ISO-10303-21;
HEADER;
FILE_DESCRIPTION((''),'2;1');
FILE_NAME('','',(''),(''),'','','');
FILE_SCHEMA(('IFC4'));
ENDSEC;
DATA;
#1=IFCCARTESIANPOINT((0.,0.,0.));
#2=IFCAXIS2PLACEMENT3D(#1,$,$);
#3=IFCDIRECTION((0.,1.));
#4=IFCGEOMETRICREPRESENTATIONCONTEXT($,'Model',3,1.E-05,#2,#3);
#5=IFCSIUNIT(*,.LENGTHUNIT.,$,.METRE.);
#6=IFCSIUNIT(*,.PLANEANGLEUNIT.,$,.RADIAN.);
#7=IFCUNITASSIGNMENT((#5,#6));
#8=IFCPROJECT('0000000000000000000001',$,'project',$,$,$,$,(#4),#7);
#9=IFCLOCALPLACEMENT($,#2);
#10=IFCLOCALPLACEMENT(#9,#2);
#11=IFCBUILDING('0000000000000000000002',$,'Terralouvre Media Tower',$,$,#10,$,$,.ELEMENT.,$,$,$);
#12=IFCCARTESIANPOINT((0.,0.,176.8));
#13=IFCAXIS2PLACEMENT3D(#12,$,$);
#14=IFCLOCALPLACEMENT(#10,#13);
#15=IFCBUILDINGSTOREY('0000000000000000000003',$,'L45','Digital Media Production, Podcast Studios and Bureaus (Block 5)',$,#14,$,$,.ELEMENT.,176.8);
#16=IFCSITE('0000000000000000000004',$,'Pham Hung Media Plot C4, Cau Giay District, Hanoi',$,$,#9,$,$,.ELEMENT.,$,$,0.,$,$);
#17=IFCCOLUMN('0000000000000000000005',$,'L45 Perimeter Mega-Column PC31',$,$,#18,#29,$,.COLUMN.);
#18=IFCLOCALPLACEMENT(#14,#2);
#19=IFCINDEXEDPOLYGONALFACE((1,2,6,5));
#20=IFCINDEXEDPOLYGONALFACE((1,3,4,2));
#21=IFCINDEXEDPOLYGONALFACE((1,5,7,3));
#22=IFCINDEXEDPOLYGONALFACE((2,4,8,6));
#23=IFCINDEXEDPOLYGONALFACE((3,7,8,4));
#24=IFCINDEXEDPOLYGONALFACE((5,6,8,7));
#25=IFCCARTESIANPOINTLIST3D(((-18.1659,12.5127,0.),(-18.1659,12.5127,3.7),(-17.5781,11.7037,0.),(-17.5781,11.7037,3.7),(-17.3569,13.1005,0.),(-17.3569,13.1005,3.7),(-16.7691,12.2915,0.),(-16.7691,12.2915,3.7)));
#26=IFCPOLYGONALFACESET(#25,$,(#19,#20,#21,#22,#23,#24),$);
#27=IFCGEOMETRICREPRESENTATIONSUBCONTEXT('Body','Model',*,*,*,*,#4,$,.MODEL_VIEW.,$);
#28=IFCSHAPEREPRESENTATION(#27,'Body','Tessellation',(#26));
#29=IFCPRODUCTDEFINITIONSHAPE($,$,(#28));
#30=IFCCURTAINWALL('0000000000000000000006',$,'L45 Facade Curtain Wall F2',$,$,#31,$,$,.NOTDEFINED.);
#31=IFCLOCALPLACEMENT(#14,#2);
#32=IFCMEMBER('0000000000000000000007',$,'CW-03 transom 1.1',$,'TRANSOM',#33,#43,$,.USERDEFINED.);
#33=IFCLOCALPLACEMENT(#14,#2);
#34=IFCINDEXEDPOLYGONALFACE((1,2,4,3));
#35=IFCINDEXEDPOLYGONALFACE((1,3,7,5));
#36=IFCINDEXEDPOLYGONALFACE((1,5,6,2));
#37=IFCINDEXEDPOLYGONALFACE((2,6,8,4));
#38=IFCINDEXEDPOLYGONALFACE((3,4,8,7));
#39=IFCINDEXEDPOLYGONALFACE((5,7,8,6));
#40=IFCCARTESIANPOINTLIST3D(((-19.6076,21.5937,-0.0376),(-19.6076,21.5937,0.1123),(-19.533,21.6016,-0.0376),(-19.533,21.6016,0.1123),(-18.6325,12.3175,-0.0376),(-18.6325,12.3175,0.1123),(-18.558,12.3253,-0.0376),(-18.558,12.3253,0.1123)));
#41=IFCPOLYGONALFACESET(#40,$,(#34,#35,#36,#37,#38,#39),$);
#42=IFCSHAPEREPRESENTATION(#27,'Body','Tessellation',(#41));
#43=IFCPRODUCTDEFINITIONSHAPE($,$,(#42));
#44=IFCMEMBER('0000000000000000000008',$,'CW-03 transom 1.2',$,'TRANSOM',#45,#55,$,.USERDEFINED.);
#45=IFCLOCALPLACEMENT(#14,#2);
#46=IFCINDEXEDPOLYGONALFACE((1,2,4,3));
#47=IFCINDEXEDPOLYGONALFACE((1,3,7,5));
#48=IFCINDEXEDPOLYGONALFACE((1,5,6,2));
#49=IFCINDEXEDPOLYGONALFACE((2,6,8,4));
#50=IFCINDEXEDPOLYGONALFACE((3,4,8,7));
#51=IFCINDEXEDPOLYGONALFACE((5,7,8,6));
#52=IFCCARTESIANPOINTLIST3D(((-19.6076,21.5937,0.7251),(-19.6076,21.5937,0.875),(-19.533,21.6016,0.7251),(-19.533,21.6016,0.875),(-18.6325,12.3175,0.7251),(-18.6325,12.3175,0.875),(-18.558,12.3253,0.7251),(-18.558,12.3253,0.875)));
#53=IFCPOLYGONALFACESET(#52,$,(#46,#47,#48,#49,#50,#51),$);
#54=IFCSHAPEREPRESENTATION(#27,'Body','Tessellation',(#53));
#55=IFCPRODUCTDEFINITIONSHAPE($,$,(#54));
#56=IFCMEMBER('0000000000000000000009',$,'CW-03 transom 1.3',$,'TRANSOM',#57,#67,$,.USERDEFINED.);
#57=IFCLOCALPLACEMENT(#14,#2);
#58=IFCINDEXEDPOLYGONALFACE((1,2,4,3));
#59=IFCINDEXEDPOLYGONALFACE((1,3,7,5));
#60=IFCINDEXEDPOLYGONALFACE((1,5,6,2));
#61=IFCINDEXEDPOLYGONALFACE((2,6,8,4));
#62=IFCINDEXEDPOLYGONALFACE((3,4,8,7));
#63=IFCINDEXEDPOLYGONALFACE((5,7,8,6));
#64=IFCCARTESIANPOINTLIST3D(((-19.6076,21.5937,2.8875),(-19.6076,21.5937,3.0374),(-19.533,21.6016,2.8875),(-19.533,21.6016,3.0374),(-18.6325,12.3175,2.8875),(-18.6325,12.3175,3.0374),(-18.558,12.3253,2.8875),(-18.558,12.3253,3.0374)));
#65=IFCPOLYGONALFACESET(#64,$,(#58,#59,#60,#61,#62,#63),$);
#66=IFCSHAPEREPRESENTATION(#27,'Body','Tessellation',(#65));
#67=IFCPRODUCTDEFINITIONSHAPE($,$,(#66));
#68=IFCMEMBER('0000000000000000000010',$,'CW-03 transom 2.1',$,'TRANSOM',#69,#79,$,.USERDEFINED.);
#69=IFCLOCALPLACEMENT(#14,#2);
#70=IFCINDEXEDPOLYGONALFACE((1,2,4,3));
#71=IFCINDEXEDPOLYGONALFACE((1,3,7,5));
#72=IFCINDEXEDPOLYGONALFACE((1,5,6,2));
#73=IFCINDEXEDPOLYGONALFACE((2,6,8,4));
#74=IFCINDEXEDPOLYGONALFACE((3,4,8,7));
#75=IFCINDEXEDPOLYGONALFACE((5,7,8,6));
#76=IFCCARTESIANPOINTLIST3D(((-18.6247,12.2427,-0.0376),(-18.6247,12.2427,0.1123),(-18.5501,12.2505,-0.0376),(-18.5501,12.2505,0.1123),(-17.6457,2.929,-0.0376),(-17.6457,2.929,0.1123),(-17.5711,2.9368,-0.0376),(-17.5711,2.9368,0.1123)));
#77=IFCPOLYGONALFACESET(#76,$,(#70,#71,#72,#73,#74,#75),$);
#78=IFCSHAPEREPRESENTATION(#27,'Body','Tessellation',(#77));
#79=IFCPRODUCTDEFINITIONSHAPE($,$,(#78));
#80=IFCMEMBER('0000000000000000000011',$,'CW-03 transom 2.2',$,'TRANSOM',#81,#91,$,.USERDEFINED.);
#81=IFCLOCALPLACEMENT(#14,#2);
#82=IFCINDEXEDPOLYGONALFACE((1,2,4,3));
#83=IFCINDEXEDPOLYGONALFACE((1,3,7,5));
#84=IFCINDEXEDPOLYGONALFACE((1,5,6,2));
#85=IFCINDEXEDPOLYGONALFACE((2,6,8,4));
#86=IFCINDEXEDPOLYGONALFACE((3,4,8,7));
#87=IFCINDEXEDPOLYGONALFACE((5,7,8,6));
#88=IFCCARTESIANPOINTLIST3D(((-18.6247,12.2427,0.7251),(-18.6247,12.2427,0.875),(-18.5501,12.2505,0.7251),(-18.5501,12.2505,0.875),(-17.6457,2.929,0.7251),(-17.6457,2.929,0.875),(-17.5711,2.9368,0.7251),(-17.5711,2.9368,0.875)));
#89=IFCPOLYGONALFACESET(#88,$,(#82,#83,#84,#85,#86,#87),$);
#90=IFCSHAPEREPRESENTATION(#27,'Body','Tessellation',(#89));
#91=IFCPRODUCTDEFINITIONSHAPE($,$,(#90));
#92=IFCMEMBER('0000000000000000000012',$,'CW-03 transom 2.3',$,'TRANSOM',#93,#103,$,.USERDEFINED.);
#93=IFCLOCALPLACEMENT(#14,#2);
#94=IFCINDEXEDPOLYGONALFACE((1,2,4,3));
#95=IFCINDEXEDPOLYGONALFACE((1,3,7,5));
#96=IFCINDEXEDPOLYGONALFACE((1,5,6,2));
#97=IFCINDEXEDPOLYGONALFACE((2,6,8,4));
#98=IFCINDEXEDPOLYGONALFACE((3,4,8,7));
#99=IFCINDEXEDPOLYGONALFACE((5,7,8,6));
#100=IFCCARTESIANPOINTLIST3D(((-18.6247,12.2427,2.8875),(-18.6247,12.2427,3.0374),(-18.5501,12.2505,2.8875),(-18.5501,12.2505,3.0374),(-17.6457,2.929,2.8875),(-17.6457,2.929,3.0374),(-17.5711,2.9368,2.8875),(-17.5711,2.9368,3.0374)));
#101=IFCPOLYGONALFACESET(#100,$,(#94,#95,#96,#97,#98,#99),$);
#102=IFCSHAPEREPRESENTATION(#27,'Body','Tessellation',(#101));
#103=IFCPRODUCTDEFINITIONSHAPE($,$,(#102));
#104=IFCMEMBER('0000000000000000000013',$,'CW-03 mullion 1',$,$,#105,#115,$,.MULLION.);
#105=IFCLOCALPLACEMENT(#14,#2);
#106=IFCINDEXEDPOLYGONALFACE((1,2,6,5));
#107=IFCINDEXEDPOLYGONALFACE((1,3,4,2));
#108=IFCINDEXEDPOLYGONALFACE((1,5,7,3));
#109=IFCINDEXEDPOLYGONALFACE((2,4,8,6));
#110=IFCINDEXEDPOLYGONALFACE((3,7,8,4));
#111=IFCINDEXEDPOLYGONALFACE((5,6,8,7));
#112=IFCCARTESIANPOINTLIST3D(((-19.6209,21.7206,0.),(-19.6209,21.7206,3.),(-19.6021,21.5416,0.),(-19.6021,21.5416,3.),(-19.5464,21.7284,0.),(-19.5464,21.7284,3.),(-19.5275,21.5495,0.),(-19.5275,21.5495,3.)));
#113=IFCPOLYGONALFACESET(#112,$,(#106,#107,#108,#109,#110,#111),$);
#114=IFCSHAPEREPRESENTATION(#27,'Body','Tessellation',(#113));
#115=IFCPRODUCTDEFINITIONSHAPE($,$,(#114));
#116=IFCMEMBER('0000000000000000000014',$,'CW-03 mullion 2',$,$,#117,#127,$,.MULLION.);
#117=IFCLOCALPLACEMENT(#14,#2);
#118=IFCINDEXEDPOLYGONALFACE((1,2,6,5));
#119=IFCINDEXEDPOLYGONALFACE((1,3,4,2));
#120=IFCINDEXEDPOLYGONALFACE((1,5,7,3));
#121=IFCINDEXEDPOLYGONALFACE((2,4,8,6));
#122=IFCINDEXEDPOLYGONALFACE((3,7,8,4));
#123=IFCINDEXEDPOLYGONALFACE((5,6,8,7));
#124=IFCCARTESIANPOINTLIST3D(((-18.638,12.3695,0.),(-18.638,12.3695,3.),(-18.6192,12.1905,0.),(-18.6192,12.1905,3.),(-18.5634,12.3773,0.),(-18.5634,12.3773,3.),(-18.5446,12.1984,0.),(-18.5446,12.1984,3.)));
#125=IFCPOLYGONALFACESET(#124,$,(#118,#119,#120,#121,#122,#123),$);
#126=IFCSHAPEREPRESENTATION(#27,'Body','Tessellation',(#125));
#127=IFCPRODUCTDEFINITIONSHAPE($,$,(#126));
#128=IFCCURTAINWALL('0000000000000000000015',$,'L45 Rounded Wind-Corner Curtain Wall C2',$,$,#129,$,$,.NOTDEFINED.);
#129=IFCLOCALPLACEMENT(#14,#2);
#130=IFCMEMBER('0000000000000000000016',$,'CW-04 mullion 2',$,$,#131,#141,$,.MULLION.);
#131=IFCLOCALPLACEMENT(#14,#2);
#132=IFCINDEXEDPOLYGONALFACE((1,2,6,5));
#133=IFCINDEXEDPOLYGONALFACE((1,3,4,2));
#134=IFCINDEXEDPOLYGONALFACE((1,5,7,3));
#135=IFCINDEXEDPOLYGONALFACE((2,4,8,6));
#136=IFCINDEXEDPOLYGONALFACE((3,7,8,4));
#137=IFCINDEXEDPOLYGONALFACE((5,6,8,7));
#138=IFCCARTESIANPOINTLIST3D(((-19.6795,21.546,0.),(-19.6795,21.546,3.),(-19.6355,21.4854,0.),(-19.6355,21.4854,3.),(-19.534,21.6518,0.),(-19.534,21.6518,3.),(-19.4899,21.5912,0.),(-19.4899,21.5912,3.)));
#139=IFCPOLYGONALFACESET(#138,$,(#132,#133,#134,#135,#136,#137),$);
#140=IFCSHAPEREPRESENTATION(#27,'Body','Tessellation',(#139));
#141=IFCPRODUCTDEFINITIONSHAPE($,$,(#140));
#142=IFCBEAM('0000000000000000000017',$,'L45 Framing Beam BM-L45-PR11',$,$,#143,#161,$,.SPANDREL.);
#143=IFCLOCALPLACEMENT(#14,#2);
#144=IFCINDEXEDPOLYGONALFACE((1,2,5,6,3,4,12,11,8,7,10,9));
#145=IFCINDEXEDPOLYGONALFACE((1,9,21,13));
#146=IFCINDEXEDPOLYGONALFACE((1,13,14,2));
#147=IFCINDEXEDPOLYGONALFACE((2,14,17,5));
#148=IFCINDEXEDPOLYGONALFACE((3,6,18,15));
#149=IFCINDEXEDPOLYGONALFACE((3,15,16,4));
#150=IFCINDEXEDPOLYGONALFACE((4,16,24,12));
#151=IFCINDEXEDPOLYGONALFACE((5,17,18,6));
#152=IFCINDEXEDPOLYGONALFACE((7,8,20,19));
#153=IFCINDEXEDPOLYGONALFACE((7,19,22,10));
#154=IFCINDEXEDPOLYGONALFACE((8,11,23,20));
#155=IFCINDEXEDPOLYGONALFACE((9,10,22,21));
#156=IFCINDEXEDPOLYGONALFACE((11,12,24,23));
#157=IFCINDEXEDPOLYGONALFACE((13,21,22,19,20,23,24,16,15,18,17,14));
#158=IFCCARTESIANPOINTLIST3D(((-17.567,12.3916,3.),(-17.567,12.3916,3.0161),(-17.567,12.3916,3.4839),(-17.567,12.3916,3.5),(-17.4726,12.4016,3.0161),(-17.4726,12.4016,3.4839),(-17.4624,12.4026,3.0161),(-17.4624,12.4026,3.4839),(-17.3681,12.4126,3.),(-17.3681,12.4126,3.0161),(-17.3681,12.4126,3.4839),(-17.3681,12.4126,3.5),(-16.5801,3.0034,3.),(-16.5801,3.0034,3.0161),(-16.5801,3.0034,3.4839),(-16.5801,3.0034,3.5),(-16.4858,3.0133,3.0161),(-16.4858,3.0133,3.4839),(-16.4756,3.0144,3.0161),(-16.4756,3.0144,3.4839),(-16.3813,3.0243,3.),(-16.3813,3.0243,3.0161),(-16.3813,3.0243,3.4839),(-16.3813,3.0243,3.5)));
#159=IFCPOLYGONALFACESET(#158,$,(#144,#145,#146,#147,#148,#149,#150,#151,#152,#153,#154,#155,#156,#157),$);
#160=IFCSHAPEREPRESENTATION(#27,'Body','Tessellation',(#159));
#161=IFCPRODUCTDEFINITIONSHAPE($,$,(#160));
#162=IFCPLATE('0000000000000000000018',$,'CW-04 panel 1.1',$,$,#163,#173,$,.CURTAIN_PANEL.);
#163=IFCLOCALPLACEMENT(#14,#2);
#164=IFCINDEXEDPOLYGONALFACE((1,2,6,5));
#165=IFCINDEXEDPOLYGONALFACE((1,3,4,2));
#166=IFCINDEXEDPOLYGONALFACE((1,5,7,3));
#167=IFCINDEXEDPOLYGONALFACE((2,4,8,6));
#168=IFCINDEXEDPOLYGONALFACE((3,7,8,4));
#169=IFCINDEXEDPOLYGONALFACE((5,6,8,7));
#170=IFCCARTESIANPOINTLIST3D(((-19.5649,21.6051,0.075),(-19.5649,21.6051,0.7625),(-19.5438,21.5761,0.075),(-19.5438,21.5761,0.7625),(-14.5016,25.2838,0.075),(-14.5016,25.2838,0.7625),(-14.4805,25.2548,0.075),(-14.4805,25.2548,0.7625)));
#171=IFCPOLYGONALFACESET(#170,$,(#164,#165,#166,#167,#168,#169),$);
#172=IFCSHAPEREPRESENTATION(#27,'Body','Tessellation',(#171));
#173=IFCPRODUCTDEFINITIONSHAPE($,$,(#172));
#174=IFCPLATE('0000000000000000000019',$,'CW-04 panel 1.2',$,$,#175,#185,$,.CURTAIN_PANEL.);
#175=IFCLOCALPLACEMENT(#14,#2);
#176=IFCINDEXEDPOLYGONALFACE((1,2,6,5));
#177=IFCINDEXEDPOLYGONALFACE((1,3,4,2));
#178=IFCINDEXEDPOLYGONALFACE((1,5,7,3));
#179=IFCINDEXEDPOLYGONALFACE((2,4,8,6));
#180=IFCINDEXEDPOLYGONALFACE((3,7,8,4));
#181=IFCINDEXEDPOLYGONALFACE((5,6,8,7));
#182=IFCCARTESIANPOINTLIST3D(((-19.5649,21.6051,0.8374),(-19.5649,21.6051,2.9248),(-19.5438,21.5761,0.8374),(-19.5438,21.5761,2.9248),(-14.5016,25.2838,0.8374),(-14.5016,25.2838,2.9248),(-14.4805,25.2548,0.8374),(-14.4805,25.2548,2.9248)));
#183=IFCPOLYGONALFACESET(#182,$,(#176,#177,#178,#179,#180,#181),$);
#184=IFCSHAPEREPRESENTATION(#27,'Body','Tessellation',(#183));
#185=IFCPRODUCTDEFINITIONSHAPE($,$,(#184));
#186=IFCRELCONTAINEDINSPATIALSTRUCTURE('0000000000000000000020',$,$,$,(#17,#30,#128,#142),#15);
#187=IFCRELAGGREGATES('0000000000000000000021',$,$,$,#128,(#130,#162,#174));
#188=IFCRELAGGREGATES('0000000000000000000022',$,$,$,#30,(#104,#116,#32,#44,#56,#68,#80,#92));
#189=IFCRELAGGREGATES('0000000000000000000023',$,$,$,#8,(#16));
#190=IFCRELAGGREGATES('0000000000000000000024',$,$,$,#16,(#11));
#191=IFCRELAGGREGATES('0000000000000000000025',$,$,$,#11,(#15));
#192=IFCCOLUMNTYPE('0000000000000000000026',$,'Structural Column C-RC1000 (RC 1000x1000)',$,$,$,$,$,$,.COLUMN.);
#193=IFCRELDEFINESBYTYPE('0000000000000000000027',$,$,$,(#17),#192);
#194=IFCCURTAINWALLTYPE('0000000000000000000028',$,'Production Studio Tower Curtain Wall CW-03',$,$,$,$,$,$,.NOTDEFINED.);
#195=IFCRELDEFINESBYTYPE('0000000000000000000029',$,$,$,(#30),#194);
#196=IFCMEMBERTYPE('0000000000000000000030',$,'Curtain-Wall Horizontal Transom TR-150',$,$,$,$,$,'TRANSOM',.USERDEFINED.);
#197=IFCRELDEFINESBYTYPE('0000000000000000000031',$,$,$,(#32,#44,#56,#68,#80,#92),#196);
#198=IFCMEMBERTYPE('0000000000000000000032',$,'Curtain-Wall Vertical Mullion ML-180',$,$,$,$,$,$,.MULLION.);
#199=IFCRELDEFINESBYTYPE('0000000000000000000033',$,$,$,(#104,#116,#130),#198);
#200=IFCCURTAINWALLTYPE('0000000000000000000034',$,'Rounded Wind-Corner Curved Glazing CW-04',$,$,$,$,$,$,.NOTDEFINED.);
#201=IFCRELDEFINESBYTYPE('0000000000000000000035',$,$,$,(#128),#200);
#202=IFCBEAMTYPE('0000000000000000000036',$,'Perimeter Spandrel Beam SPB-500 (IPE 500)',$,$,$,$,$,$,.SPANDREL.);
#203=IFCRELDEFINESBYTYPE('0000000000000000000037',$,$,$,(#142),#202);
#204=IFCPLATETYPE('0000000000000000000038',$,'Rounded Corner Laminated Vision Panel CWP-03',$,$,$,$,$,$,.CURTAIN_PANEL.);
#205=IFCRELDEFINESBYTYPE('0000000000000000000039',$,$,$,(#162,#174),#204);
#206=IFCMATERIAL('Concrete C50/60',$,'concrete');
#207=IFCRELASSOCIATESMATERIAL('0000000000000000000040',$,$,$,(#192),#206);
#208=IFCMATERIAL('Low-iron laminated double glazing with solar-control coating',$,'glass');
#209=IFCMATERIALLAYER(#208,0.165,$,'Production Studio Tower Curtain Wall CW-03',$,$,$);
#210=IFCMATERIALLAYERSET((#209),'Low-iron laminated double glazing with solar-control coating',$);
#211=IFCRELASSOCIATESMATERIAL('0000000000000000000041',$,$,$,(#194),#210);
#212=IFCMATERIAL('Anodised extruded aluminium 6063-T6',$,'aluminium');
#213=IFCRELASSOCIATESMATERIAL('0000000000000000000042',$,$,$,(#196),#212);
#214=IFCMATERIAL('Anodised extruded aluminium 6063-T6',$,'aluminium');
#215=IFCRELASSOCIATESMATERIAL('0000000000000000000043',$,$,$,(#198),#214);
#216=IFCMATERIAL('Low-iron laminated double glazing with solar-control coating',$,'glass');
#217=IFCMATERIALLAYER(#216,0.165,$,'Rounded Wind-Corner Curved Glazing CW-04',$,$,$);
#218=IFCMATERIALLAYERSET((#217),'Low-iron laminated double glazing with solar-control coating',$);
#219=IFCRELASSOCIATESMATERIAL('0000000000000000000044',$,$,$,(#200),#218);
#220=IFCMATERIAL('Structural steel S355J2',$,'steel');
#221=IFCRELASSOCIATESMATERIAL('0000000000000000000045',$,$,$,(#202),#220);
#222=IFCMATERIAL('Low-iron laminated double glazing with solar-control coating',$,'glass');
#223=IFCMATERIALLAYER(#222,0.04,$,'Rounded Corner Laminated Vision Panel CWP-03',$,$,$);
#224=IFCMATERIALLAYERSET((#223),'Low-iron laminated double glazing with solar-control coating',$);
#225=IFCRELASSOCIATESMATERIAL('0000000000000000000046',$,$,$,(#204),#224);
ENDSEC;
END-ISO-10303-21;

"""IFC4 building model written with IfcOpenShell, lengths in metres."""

from ifc_helpers import new_model, si_unit, direction, frame, origin, origin_2d, place, context, subcontext, project, spatial, rectangle, i_section, extrude, material, layer, layer_set, material_profile, profile_set, type_object, element, aggregate, save


model = new_model("IFC4")

# Units and contexts
model_context = context("Model", 3, precision=1e-05, world=origin(), true_north=direction((0.0, 1.0)))
body_context = subcontext(model_context, "Body", "Model", "MODEL_VIEW")
ifc_project = project(units=[si_unit("LENGTHUNIT", "METRE"), si_unit("PLANEANGLEUNIT", "RADIAN")], contexts=[model_context])

# Site, building, storey
site_placement = place(None, origin())
site = spatial("IfcSite", under=ifc_project, at=site_placement, Name="Pham Hung Media Plot C4, Cau Giay District, Hanoi", CompositionType="ELEMENT", RefElevation=0.0)
building_placement = place(site_placement, origin())
building = spatial("IfcBuilding", under=site, at=building_placement, Name="Terralouvre Media Tower", CompositionType="ELEMENT")
storey_placement = place(building_placement, frame((0.0, 0.0, 176.8)))
storey = spatial("IfcBuildingStorey", under=building, at=storey_placement, Name="L45", Description="Digital Media Production, Podcast Studios and Bureaus (Block 5)", CompositionType="ELEMENT", Elevation=176.8)

# Column
ifc_material_1 = material(Name="Concrete C50/60", Category="concrete")
ifc_material_profile_1 = material_profile(ifc_material_1, rectangle(XDim=1.0, YDim=1.0, at=origin_2d()), Name="RC 1000x1000")
ifc_profile_set_1 = profile_set([ifc_material_profile_1], Name="Concrete C50/60")
column_type = type_object("IfcColumnType", Name="Structural Column C-RC1000 (RC 1000x1000)", PredefinedType="COLUMN", material=ifc_profile_set_1)
column_placement = place(storey_placement, frame((-17.4675, 12.4021, 0.0), z_axis=(0.0, 0.0, 1.0), x_axis=(0.809017, 0.587785, 0.0)))
element("IfcColumn", 1, at=column_placement, inside=storey, type_object=column_type, Name="L45 Perimeter Mega-Column PC31", PredefinedType="COLUMN", context=body_context, shape_type="SweptSolid", body=[
    extrude(rectangle(XDim=1.0, YDim=1.0, at=origin_2d()), origin(), (0.0, 0.0, 1.0), 3.7),
])

# Curtain wall, members
ifc_material_2 = material(Name="Low-iron laminated double glazing with solar-control coating", Category="glass")
ifc_layer_1 = layer(ifc_material_2, 0.165, Name="Production Studio Tower Curtain Wall CW-03")
ifc_layer_set_1 = layer_set([ifc_layer_1], Name="Low-iron laminated double glazing with solar-control coating")
curtain_wall_type_1 = type_object("IfcCurtainWallType", Name="Production Studio Tower Curtain Wall CW-03", PredefinedType="NOTDEFINED", material=ifc_layer_set_1)
curtain_wall_1_placement = place(storey_placement, origin())
curtain_wall_1 = element("IfcCurtainWall", 2, at=curtain_wall_1_placement, inside=storey, type_object=curtain_wall_type_1, Name="L45 Facade Curtain Wall F2", PredefinedType="NOTDEFINED")
ifc_material_3 = material(Name="Anodised extruded aluminium 6063-T6", Category="aluminium")
ifc_material_profile_2 = material_profile(ifc_material_3, rectangle(XDim=0.075, YDim=0.1499, at=origin_2d()), Name="ALU 75x150")
ifc_profile_set_2 = profile_set([ifc_material_profile_2], Name="Anodised extruded aluminium 6063-T6")
member_type_1 = type_object("IfcMemberType", Name="Curtain-Wall Horizontal Transom TR-150", ElementType="TRANSOM", PredefinedType="USERDEFINED", material=ifc_profile_set_2)
member_1_placement = place(storey_placement, frame((-19.5703, 21.5977, 0.0374), z_axis=(0.10454, -0.994521, 0.0), x_axis=(0.994521, 0.10454, 0.0)))
member_1 = element("IfcMember", 3, at=member_1_placement, type_object=member_type_1, Name="CW-03 transom 1.1", ObjectType="TRANSOM", PredefinedType="USERDEFINED", context=body_context, shape_type="SweptSolid", body=[
    extrude(rectangle(XDim=0.075, YDim=0.1499, at=origin_2d()), origin(), (0.0, 0.0, 1.0), 9.3274),
])
member_2_placement = place(storey_placement, frame((-19.5703, 21.5977, 0.8), z_axis=(0.10454, -0.994521, 0.0), x_axis=(0.994521, 0.10454, 0.0)))
member_2 = element("IfcMember", 4, at=member_2_placement, type_object=member_type_1, Name="CW-03 transom 1.2", ObjectType="TRANSOM", PredefinedType="USERDEFINED", context=body_context, shape_type="SweptSolid", body=[
    extrude(rectangle(XDim=0.075, YDim=0.1499, at=origin_2d()), origin(), (0.0, 0.0, 1.0), 9.3274),
])
member_3_placement = place(storey_placement, frame((-19.5703, 21.5977, 2.9624), z_axis=(0.10454, -0.994521, 0.0), x_axis=(0.994521, 0.10454, 0.0)))
member_3 = element("IfcMember", 5, at=member_3_placement, type_object=member_type_1, Name="CW-03 transom 1.3", ObjectType="TRANSOM", PredefinedType="USERDEFINED", context=body_context, shape_type="SweptSolid", body=[
    extrude(rectangle(XDim=0.075, YDim=0.1499, at=origin_2d()), origin(), (0.0, 0.0, 1.0), 9.3274),
])
member_4_placement = place(storey_placement, frame((-18.5874, 12.2466, 0.0374), z_axis=(0.104538, -0.994521, 0.0), x_axis=(0.994521, 0.104538, 0.0)))
member_4 = element("IfcMember", 6, at=member_4_placement, type_object=member_type_1, Name="CW-03 transom 2.1", ObjectType="TRANSOM", PredefinedType="USERDEFINED", context=body_context, shape_type="SweptSolid", body=[
    extrude(rectangle(XDim=0.075, YDim=0.1499, at=origin_2d()), origin(), (0.0, 0.0, 1.0), 9.365),
])
member_5_placement = place(storey_placement, frame((-18.5874, 12.2466, 0.8), z_axis=(0.104538, -0.994521, 0.0), x_axis=(0.994521, 0.104538, 0.0)))
member_5 = element("IfcMember", 7, at=member_5_placement, type_object=member_type_1, Name="CW-03 transom 2.2", ObjectType="TRANSOM", PredefinedType="USERDEFINED", context=body_context, shape_type="SweptSolid", body=[
    extrude(rectangle(XDim=0.075, YDim=0.1499, at=origin_2d()), origin(), (0.0, 0.0, 1.0), 9.365),
])
member_6_placement = place(storey_placement, frame((-18.5874, 12.2466, 2.9624), z_axis=(0.104538, -0.994521, 0.0), x_axis=(0.994521, 0.104538, 0.0)))
member_6 = element("IfcMember", 8, at=member_6_placement, type_object=member_type_1, Name="CW-03 transom 2.3", ObjectType="TRANSOM", PredefinedType="USERDEFINED", context=body_context, shape_type="SweptSolid", body=[
    extrude(rectangle(XDim=0.075, YDim=0.1499, at=origin_2d()), origin(), (0.0, 0.0, 1.0), 9.365),
])
ifc_material_4 = material(Name="Anodised extruded aluminium 6063-T6", Category="aluminium")
ifc_material_profile_3 = material_profile(ifc_material_4, rectangle(XDim=0.075, YDim=0.1799, at=origin_2d()), Name="ALU 75x180")
ifc_profile_set_3 = profile_set([ifc_material_profile_3], Name="Anodised extruded aluminium 6063-T6")
member_type_2 = type_object("IfcMemberType", Name="Curtain-Wall Vertical Mullion ML-180", PredefinedType="MULLION", material=ifc_profile_set_3)
member_7_placement = place(storey_placement, frame((-19.5742, 21.635, 0.0), z_axis=(0.0, 0.0, 1.0), x_axis=(0.994522, 0.104528, 0.0)))
member_7 = element("IfcMember", 9, at=member_7_placement, type_object=member_type_2, Name="CW-03 mullion 1", PredefinedType="MULLION", context=body_context, shape_type="SweptSolid", body=[
    extrude(rectangle(XDim=0.075, YDim=0.1799, at=origin_2d()), origin(), (0.0, 0.0, 1.0), 3.0),
])
member_8_placement = place(storey_placement, frame((-18.5913, 12.2839, 0.0), z_axis=(0.0, 0.0, 1.0), x_axis=(0.994522, 0.104528, 0.0)))
member_8 = element("IfcMember", 10, at=member_8_placement, type_object=member_type_2, Name="CW-03 mullion 2", PredefinedType="MULLION", context=body_context, shape_type="SweptSolid", body=[
    extrude(rectangle(XDim=0.075, YDim=0.1799, at=origin_2d()), origin(), (0.0, 0.0, 1.0), 3.0),
])

# Curtain wall, member
ifc_material_5 = material(Name="Low-iron laminated double glazing with solar-control coating", Category="glass")
ifc_layer_2 = layer(ifc_material_5, 0.165, Name="Rounded Wind-Corner Curved Glazing CW-04")
ifc_layer_set_2 = layer_set([ifc_layer_2], Name="Low-iron laminated double glazing with solar-control coating")
curtain_wall_type_2 = type_object("IfcCurtainWallType", Name="Rounded Wind-Corner Curved Glazing CW-04", PredefinedType="NOTDEFINED", material=ifc_layer_set_2)
curtain_wall_2_placement = place(storey_placement, origin())
curtain_wall_2 = element("IfcCurtainWall", 11, at=curtain_wall_2_placement, inside=storey, type_object=curtain_wall_type_2, Name="L45 Rounded Wind-Corner Curtain Wall C2", PredefinedType="NOTDEFINED")
member_9_placement = place(storey_placement, frame((-19.5847, 21.5686, 0.0), z_axis=(0.0, 0.0, 1.0), x_axis=(0.587785, -0.809017, 0.0)))
member_9 = element("IfcMember", 12, at=member_9_placement, type_object=member_type_2, Name="CW-04 mullion 2", PredefinedType="MULLION", context=body_context, shape_type="SweptSolid", body=[
    extrude(rectangle(XDim=0.075, YDim=0.1799, at=origin_2d()), origin(), (0.0, 0.0, 1.0), 3.0),
])

# Beam
ifc_material_6 = material(Name="Structural steel S355J2", Category="steel")
ifc_material_profile_4 = material_profile(ifc_material_6, i_section(OverallWidth=0.2, OverallDepth=0.5, WebThickness=0.0103, FlangeThickness=0.0161, at=origin_2d()), Name="IPE 500")
ifc_profile_set_4 = profile_set([ifc_material_profile_4], Name="Structural steel S355J2")
beam_type = type_object("IfcBeamType", Name="Perimeter Spandrel Beam SPB-500 (IPE 500)", PredefinedType="SPANDREL", material=ifc_profile_set_4)
beam_placement = place(storey_placement, frame((-17.4675, 12.4021, 3.25), z_axis=(0.104537, -0.994521, 0.0), x_axis=(0.994521, 0.104537, 0.0)))
element("IfcBeam", 13, at=beam_placement, inside=storey, type_object=beam_type, Name="L45 Framing Beam BM-L45-PR11", PredefinedType="SPANDREL", context=body_context, shape_type="SweptSolid", body=[
    extrude(i_section(OverallWidth=0.2, OverallDepth=0.5, WebThickness=0.0103, FlangeThickness=0.0161, at=origin_2d()), origin(), (0.0, 0.0, 1.0), 9.4399),
])

# Plates
ifc_material_7 = material(Name="Low-iron laminated double glazing with solar-control coating", Category="glass")
ifc_layer_3 = layer(ifc_material_7, 0.04, Name="Rounded Corner Laminated Vision Panel CWP-03")
ifc_layer_set_3 = layer_set([ifc_layer_3], Name="Low-iron laminated double glazing with solar-control coating")
plate_type_1 = type_object("IfcPlateType", Name="Rounded Corner Laminated Vision Panel CWP-03", PredefinedType="CURTAIN_PANEL", material=ifc_layer_set_3)
plate_1_placement = place(storey_placement, frame((-17.0227, 23.4299, 0.075), z_axis=(0.0, 0.0, 1.0), x_axis=(-0.809017, -0.587785, 0.0)))
plate_1 = element("IfcPlate", 14, at=plate_1_placement, type_object=plate_type_1, Name="CW-04 panel 1.1", PredefinedType="CURTAIN_PANEL", context=body_context, shape_type="SweptSolid", body=[
    extrude(rectangle(XDim=6.2585, YDim=0.0359, at=origin_2d()), origin(), (0.0, 0.0, 1.0), 0.6875),
])
plate_2_placement = place(storey_placement, frame((-17.0227, 23.4299, 0.8374), z_axis=(0.0, 0.0, 1.0), x_axis=(-0.809017, -0.587785, 0.0)))
plate_2 = element("IfcPlate", 15, at=plate_2_placement, type_object=plate_type_1, Name="CW-04 panel 1.2", PredefinedType="CURTAIN_PANEL", context=body_context, shape_type="SweptSolid", body=[
    extrude(rectangle(XDim=6.2585, YDim=0.0359, at=origin_2d()), origin(), (0.0, 0.0, 1.0), 2.0874),
])
aggregate(curtain_wall_2, [member_9, plate_1, plate_2])
aggregate(curtain_wall_1, [member_7, member_8, member_1, member_2, member_3, member_4, member_5, member_6])

save(model, "model.ifc")
